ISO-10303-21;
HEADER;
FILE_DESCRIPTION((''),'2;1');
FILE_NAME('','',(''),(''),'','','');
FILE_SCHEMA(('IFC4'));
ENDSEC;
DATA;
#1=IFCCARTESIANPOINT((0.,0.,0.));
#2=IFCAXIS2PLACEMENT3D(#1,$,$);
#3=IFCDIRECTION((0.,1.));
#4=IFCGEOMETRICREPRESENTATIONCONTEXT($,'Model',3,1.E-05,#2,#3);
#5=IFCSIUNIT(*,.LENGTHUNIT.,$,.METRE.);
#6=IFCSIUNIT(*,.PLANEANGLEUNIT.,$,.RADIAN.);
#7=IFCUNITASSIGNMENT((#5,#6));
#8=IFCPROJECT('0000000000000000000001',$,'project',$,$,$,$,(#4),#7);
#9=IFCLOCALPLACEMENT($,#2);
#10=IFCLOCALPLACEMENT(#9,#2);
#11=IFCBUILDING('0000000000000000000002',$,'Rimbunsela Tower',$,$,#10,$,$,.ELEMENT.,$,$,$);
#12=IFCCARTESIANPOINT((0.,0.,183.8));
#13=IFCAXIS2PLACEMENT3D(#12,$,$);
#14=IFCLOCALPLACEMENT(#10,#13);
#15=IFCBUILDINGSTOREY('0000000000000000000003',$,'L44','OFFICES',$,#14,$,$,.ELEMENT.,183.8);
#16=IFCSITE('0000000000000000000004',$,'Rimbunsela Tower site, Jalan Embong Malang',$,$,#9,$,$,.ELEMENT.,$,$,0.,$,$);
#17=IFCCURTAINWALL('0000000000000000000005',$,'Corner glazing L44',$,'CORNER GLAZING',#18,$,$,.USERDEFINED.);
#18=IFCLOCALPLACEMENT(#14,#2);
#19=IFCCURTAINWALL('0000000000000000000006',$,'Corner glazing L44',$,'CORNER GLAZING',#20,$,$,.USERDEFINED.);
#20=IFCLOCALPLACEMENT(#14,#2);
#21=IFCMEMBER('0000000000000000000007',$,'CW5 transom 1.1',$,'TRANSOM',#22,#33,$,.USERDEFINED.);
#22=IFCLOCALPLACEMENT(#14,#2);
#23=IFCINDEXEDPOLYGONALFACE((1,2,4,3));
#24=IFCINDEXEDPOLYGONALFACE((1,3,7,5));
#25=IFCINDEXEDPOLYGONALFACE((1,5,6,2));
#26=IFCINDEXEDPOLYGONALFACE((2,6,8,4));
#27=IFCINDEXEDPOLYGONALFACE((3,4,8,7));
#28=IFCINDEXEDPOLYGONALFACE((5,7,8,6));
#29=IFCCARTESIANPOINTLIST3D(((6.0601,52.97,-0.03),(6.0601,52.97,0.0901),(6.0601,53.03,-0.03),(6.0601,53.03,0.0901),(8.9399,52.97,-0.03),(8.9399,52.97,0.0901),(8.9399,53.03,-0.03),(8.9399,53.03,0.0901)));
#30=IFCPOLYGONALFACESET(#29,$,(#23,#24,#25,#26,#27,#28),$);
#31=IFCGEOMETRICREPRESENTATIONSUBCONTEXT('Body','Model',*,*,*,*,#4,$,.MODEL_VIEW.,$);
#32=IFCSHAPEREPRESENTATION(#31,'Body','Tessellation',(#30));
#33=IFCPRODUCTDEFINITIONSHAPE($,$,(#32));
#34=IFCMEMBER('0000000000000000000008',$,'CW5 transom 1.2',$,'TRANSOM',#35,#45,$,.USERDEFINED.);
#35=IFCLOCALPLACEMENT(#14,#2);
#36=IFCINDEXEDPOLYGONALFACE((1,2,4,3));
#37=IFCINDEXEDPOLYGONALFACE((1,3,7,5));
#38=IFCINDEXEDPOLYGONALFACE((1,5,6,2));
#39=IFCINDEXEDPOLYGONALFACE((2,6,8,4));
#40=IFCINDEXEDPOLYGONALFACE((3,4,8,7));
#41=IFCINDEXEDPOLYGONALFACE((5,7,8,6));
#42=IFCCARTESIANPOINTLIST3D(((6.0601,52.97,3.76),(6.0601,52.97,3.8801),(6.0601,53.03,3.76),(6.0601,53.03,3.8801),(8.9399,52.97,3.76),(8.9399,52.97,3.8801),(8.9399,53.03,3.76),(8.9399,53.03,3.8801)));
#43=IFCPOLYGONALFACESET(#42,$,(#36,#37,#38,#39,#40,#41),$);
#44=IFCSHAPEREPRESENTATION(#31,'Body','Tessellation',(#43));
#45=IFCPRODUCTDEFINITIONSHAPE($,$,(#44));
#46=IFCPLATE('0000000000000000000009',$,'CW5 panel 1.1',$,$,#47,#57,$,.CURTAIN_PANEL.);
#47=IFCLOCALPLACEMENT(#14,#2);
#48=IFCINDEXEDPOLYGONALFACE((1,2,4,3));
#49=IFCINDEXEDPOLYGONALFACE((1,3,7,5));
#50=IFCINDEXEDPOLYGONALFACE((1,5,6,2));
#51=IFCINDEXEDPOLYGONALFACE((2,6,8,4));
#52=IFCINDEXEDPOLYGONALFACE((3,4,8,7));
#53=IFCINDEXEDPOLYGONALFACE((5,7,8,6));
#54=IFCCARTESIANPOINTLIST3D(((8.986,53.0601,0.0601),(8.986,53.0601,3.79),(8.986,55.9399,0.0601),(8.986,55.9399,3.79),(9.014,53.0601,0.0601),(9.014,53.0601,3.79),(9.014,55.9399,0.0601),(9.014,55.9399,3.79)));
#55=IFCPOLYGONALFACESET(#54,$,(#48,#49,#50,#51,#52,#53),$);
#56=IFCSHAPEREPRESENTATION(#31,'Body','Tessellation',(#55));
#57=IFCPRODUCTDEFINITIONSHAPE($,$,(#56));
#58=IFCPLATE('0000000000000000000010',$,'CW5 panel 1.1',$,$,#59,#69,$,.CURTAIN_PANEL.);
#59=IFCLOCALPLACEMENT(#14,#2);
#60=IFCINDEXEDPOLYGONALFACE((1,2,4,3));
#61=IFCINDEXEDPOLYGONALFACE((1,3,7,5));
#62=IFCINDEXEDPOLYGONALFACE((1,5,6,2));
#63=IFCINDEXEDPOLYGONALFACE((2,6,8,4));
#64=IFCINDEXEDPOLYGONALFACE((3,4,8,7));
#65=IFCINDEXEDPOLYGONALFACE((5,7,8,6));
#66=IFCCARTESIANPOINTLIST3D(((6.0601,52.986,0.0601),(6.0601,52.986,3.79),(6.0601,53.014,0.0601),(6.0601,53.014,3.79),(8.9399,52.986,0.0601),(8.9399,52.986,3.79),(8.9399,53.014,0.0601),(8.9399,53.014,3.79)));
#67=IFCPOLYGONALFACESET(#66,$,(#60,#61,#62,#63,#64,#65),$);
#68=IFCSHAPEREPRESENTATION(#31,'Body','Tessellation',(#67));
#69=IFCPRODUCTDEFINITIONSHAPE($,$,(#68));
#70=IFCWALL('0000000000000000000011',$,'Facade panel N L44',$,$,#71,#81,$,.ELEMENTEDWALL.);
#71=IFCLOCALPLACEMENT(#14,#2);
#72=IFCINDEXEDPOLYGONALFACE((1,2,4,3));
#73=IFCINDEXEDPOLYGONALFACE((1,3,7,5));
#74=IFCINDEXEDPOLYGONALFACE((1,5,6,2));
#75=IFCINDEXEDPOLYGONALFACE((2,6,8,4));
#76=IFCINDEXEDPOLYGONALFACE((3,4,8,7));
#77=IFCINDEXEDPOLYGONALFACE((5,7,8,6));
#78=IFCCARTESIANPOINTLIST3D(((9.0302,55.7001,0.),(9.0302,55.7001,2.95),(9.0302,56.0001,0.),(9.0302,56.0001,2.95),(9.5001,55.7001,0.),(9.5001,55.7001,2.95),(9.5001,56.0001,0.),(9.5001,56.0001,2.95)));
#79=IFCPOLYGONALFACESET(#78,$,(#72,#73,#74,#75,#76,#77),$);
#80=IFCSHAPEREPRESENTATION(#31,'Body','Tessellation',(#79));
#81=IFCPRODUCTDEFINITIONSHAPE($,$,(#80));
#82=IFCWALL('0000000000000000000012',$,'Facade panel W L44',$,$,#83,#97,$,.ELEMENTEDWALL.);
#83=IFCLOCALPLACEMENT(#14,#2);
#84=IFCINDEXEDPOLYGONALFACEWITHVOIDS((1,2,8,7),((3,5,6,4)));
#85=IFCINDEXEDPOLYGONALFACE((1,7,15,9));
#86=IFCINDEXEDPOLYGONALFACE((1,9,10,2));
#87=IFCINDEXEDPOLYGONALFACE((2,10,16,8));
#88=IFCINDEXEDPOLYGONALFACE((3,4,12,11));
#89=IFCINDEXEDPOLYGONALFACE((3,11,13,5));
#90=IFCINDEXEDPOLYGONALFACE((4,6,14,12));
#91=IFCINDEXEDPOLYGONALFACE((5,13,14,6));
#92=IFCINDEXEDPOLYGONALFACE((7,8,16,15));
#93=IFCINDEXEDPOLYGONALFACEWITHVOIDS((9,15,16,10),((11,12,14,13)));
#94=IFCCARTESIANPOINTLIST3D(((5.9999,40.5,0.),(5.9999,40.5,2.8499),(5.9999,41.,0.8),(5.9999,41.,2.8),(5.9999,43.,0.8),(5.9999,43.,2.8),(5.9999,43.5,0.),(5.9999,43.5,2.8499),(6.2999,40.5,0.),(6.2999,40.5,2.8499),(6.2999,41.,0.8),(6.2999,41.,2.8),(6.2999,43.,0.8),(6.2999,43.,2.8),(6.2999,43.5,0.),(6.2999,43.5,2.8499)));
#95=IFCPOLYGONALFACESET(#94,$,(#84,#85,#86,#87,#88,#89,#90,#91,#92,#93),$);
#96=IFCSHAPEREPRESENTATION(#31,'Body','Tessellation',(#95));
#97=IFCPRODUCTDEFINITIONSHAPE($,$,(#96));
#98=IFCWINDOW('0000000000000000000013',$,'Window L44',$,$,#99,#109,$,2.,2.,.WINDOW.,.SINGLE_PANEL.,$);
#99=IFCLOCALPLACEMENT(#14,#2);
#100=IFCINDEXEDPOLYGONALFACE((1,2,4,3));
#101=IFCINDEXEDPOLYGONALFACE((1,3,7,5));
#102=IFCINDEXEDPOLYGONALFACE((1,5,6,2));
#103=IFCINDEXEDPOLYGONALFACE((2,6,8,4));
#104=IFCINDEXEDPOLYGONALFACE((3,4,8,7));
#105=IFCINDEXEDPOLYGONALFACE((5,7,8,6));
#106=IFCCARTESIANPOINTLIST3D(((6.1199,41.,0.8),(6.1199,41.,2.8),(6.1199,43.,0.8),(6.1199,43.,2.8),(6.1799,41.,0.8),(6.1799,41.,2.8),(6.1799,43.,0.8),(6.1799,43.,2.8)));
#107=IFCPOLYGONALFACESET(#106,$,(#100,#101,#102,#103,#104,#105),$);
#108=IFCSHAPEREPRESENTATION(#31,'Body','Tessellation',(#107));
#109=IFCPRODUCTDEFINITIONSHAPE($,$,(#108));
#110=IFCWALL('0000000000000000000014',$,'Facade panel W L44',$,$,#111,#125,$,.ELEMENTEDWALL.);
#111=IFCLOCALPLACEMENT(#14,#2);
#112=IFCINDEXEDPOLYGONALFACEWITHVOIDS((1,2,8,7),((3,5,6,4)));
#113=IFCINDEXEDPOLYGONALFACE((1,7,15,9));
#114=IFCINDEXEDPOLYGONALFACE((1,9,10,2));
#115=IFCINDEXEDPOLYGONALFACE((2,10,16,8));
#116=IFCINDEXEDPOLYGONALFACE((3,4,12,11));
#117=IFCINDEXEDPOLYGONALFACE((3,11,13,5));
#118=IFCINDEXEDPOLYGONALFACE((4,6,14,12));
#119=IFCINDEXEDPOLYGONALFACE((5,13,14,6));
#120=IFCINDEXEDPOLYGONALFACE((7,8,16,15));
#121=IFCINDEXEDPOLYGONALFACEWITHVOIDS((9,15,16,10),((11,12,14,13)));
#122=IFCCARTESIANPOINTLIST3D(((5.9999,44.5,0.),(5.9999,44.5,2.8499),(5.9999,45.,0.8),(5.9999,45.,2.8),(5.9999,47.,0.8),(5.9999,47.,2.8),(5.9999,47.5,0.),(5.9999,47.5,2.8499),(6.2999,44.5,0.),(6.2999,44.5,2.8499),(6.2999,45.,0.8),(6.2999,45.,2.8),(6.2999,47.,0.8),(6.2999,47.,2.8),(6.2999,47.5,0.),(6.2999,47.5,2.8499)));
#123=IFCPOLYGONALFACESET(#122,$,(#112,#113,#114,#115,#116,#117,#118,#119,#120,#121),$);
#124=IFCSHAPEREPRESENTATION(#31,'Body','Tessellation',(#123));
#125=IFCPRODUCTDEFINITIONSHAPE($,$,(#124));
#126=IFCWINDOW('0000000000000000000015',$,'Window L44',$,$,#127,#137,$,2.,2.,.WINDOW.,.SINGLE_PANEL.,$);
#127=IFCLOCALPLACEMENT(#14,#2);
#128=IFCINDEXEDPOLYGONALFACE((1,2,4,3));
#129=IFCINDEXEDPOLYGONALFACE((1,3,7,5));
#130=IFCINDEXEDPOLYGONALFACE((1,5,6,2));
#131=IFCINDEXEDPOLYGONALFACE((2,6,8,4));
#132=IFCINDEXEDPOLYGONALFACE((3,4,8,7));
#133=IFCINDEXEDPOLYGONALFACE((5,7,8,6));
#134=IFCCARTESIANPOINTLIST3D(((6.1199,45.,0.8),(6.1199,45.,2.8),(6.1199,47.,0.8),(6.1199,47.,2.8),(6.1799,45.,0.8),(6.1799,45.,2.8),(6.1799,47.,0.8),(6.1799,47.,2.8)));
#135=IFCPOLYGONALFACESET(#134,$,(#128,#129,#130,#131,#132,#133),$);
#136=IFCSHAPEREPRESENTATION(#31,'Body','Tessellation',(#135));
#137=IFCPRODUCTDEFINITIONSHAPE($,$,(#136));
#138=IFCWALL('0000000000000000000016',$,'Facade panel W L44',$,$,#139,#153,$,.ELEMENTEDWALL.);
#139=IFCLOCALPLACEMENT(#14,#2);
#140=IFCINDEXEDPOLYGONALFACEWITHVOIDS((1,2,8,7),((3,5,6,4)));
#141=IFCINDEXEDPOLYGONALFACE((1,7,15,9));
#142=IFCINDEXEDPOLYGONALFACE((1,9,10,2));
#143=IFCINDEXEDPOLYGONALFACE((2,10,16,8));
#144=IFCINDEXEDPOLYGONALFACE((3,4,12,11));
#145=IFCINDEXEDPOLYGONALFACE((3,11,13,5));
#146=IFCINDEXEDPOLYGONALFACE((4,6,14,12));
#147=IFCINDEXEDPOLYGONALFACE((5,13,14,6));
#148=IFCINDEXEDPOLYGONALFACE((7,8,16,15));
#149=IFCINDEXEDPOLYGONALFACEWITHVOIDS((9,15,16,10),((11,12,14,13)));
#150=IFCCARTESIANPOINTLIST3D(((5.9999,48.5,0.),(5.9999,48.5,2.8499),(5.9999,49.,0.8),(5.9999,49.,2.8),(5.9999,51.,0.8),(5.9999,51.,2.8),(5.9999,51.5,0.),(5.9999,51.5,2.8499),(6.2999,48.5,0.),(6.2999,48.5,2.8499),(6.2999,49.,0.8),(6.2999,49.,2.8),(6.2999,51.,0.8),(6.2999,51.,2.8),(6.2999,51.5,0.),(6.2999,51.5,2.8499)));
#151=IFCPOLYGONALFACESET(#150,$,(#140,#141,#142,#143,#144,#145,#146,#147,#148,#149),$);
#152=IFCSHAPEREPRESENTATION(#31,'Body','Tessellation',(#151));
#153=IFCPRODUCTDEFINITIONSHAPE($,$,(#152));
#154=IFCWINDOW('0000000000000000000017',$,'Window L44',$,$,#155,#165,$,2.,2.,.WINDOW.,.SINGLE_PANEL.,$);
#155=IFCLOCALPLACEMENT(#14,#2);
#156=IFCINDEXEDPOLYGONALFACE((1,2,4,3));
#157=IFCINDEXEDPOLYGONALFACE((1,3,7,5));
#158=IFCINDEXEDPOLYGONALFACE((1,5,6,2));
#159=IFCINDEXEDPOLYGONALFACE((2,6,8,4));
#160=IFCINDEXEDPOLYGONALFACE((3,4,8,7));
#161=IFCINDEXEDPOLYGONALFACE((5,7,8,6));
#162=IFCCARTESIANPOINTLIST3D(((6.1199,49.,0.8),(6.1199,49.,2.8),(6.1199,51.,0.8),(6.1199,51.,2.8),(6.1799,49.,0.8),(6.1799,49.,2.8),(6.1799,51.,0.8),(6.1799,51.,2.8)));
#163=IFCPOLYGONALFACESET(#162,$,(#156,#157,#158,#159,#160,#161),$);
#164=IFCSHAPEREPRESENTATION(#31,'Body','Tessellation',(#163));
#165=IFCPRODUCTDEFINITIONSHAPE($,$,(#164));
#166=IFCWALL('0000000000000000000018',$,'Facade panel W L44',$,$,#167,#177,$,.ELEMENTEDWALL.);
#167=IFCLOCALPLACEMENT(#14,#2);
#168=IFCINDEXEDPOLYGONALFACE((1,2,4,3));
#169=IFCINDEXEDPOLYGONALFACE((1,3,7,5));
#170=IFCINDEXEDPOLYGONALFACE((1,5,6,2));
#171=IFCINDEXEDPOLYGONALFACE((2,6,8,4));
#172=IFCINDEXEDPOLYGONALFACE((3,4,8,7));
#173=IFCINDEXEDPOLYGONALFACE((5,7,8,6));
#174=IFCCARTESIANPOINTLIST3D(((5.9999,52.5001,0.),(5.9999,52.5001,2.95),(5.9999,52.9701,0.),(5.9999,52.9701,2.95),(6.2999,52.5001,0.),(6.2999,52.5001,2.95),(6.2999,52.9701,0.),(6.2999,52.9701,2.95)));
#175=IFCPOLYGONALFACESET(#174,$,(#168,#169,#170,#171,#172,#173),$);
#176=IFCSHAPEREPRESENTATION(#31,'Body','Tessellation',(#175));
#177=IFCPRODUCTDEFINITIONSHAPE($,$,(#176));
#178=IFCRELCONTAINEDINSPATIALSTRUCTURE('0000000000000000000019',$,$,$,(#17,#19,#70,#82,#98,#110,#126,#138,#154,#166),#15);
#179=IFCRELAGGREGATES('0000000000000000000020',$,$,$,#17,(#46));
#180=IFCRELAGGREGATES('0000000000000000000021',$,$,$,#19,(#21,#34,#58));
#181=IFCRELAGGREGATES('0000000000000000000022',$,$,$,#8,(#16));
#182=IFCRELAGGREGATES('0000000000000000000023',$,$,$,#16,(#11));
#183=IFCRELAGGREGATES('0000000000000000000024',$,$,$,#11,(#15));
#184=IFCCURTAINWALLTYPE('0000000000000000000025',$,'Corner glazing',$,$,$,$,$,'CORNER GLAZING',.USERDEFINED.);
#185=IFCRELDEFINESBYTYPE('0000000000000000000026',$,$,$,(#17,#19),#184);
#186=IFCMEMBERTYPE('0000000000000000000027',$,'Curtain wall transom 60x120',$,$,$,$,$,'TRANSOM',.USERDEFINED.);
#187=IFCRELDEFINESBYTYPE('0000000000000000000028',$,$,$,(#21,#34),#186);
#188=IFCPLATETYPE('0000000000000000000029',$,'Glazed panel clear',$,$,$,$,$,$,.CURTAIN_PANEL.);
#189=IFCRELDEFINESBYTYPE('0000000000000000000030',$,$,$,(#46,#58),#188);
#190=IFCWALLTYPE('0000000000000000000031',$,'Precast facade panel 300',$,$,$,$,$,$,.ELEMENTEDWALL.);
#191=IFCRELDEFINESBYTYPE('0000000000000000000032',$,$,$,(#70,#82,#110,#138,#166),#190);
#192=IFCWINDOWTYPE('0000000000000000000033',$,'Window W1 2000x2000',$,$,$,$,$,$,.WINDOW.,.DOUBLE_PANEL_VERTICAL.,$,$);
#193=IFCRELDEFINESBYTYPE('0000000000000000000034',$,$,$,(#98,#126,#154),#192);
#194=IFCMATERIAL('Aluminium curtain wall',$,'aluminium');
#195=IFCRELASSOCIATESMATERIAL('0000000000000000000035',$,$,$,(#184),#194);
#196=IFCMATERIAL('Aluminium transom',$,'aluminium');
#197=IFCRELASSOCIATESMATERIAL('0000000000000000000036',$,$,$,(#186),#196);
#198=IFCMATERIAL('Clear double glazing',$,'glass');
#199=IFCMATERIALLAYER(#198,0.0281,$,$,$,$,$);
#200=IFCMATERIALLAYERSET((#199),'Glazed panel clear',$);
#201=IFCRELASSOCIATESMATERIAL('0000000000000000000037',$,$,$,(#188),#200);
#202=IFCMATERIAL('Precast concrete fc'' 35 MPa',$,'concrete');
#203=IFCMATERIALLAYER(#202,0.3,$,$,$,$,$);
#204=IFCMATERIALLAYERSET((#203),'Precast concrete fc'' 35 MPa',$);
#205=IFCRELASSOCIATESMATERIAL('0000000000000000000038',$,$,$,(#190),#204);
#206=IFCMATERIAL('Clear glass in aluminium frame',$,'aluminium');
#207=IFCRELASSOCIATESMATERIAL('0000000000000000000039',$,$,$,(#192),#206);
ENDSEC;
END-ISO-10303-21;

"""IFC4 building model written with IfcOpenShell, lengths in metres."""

from ifc_helpers import new_model, si_unit, direction, frame, frame_2d, origin, origin_2d, place, context, subcontext, project, spatial, rectangle, extrude, material, layer, layer_set, material_profile, profile_set, type_object, element, fill, aggregate, save


model = new_model("IFC4")

# Units and contexts
model_context = context("Model", 3, precision=1e-05, world=origin(), true_north=direction((0.0, 1.0)))
body_context = subcontext(model_context, "Body", "Model", "MODEL_VIEW")
ifc_project = project(units=[si_unit("LENGTHUNIT", "METRE"), si_unit("PLANEANGLEUNIT", "RADIAN")], contexts=[model_context])

# Site, building, storey
site_placement = place(None, origin())
site = spatial("IfcSite", under=ifc_project, at=site_placement, Name="Rimbunsela Tower site, Jalan Embong Malang", CompositionType="ELEMENT", RefElevation=0.0)
building_placement = place(site_placement, origin())
building = spatial("IfcBuilding", under=site, at=building_placement, Name="Rimbunsela Tower", CompositionType="ELEMENT")
storey_placement = place(building_placement, frame((0.0, 0.0, 183.8)))
storey = spatial("IfcBuildingStorey", under=building, at=storey_placement, Name="L44", Description="OFFICES", CompositionType="ELEMENT", Elevation=183.8)

# Curtain walls
ifc_material_1 = material(Name="Aluminium curtain wall", Category="aluminium")
curtain_wall_type = type_object("IfcCurtainWallType", Name="Corner glazing", ElementType="CORNER GLAZING", PredefinedType="USERDEFINED", material=ifc_material_1)
curtain_wall_1_placement = place(storey_placement, origin())
curtain_wall_1 = element("IfcCurtainWall", 1, at=curtain_wall_1_placement, inside=storey, type_object=curtain_wall_type, Name="Corner glazing L44", ObjectType="CORNER GLAZING", PredefinedType="USERDEFINED")
curtain_wall_2_placement = place(storey_placement, origin())
curtain_wall_2 = element("IfcCurtainWall", 2, at=curtain_wall_2_placement, inside=storey, type_object=curtain_wall_type, Name="Corner glazing L44", ObjectType="CORNER GLAZING", PredefinedType="USERDEFINED")

# Members
ifc_material_2 = material(Name="Aluminium transom", Category="aluminium")
ifc_material_profile_1 = material_profile(ifc_material_2, rectangle(XDim=0.0601, YDim=0.1201, at=origin_2d()), Name="Transom 60x120")
ifc_profile_set_1 = profile_set([ifc_material_profile_1], Name="Aluminium transom")
member_type_1 = type_object("IfcMemberType", Name="Curtain wall transom 60x120", ElementType="TRANSOM", PredefinedType="USERDEFINED", material=ifc_profile_set_1)
member_1_placement = place(storey_placement, frame((8.9399, 53.0, 0.03), z_axis=(-1.0, 0.0, 0.0), x_axis=(0.0, -1.0, 0.0)))
member_1 = element("IfcMember", 3, at=member_1_placement, type_object=member_type_1, Name="CW5 transom 1.1", ObjectType="TRANSOM", PredefinedType="USERDEFINED", context=body_context, shape_type="SweptSolid", body=[
    extrude(rectangle(XDim=0.0601, YDim=0.1201, at=origin_2d()), origin(), (0.0, 0.0, 1.0), 2.8799),
])
member_2_placement = place(storey_placement, frame((8.9399, 53.0, 3.8201), z_axis=(-1.0, 0.0, 0.0), x_axis=(0.0, -1.0, 0.0)))
member_2 = element("IfcMember", 4, at=member_2_placement, type_object=member_type_1, Name="CW5 transom 1.2", ObjectType="TRANSOM", PredefinedType="USERDEFINED", context=body_context, shape_type="SweptSolid", body=[
    extrude(rectangle(XDim=0.0601, YDim=0.1201, at=origin_2d()), origin(), (0.0, 0.0, 1.0), 2.8799),
])

# Plates
ifc_material_3 = material(Name="Clear double glazing", Category="glass")
ifc_layer_1 = layer(ifc_material_3, 0.0281)
ifc_layer_set_1 = layer_set([ifc_layer_1], Name="Glazed panel clear")
plate_type = type_object("IfcPlateType", Name="Glazed panel clear", PredefinedType="CURTAIN_PANEL", material=ifc_layer_set_1)
plate_1_placement = place(storey_placement, frame((9.0, 54.5, 0.0601), z_axis=(0.0, 0.0, 1.0), x_axis=(0.0, -1.0, 0.0)))
plate_1 = element("IfcPlate", 5, at=plate_1_placement, type_object=plate_type, Name="CW5 panel 1.1", PredefinedType="CURTAIN_PANEL", context=body_context, shape_type="SweptSolid", body=[
    extrude(rectangle(XDim=2.8799, YDim=0.0281, at=origin_2d()), origin(), (0.0, 0.0, 1.0), 3.73),
])
aggregate(curtain_wall_1, [plate_1])
plate_2_placement = place(storey_placement, frame((7.5, 53.0, 0.0601), z_axis=(0.0, 0.0, 1.0), x_axis=(-1.0, 0.0, 0.0)))
plate_2 = element("IfcPlate", 6, at=plate_2_placement, type_object=plate_type, Name="CW5 panel 1.1", PredefinedType="CURTAIN_PANEL", context=body_context, shape_type="SweptSolid", body=[
    extrude(rectangle(XDim=2.8799, YDim=0.0281, at=origin_2d()), origin(), (0.0, 0.0, 1.0), 3.73),
])
aggregate(curtain_wall_2, [member_1, member_2, plate_2])

# Wall
ifc_material_4 = material(Name="Precast concrete fc' 35 MPa", Category="concrete")
ifc_layer_2 = layer(ifc_material_4, 0.3)
ifc_layer_set_2 = layer_set([ifc_layer_2], Name="Precast concrete fc' 35 MPa")
wall_type = type_object("IfcWallType", Name="Precast facade panel 300", PredefinedType="ELEMENTEDWALL", material=ifc_layer_set_2)
wall_1_placement = place(storey_placement, frame((9.5, 55.8501, 0.0), z_axis=(0.0, 0.0, 1.0), x_axis=(-1.0, 0.0, 0.0)))
element("IfcWall", 7, at=wall_1_placement, inside=storey, type_object=wall_type, Name="Facade panel N L44", PredefinedType="ELEMENTEDWALL", context=body_context, shape_type="SweptSolid", body=[
    extrude(rectangle(XDim=0.47, YDim=0.3, at=frame_2d((0.2349, 0.0))), origin(), (0.0, 0.0, 1.0), 2.95),
])

# Walls, openings, windows
wall_2_placement = place(storey_placement, frame((6.1499, 43.5, 0.0), z_axis=(0.0, 0.0, 1.0), x_axis=(0.0, -1.0, 0.0)))
wall_2 = element("IfcWall", 8, at=wall_2_placement, inside=storey, type_object=wall_type, Name="Facade panel W L44", PredefinedType="ELEMENTEDWALL", context=body_context, shape_type="SweptSolid", body=[
    extrude(rectangle(XDim=3.0, YDim=0.3, at=frame_2d((1.5, 0.0))), origin(), (0.0, 0.0, 1.0), 2.8499),
])
opening_1_placement = place(wall_2_placement, frame((0.5, 0.0, 0.8)))
opening_1 = element("IfcOpeningElement", 9, at=opening_1_placement, cuts=wall_2, PredefinedType="OPENING", context=body_context, shape_type="SweptSolid", body=[
    extrude(rectangle(XDim=2.0, YDim=2.0, at=frame_2d((1.0, 1.0))), frame((0.0, 0.1599, 0.0), z_axis=(0.0, -1.0, 0.0), x_axis=(1.0, 0.0, 0.0)), (0.0, 0.0, 1.0), 0.3201),
])
ifc_material_5 = material(Name="Clear glass in aluminium frame", Category="aluminium")
window_type = type_object("IfcWindowType", Name="Window W1 2000x2000", PartitioningType="DOUBLE_PANEL_VERTICAL", PredefinedType="WINDOW", material=ifc_material_5)
window_1_placement = place(opening_1_placement, origin())
window_1 = element("IfcWindow", 10, at=window_1_placement, inside=storey, type_object=window_type, Name="Window L44", OverallHeight=2.0, OverallWidth=2.0, PartitioningType="SINGLE_PANEL", PredefinedType="WINDOW", context=body_context, shape_type="SweptSolid", body=[
    extrude(rectangle(XDim=2.0, YDim=2.0, at=frame_2d((1.0, 1.0))), frame((0.0, 0.03, 0.0), z_axis=(0.0, -1.0, 0.0), x_axis=(1.0, 0.0, 0.0)), (0.0, 0.0, 1.0), 0.0601),
])
fill(opening_1, window_1)
wall_3_placement = place(storey_placement, frame((6.1499, 47.5, 0.0), z_axis=(0.0, 0.0, 1.0), x_axis=(0.0, -1.0, 0.0)))
wall_3 = element("IfcWall", 11, at=wall_3_placement, inside=storey, type_object=wall_type, Name="Facade panel W L44", PredefinedType="ELEMENTEDWALL", context=body_context, shape_type="SweptSolid", body=[
    extrude(rectangle(XDim=3.0, YDim=0.3, at=frame_2d((1.5, 0.0))), origin(), (0.0, 0.0, 1.0), 2.8499),
])
opening_2_placement = place(wall_3_placement, frame((0.5, 0.0, 0.8)))
opening_2 = element("IfcOpeningElement", 12, at=opening_2_placement, cuts=wall_3, PredefinedType="OPENING", context=body_context, shape_type="SweptSolid", body=[
    extrude(rectangle(XDim=2.0, YDim=2.0, at=frame_2d((1.0, 1.0))), frame((0.0, 0.1599, 0.0), z_axis=(0.0, -1.0, 0.0), x_axis=(1.0, 0.0, 0.0)), (0.0, 0.0, 1.0), 0.3201),
])
window_2_placement = place(opening_2_placement, origin())
window_2 = element("IfcWindow", 13, at=window_2_placement, inside=storey, type_object=window_type, Name="Window L44", OverallHeight=2.0, OverallWidth=2.0, PartitioningType="SINGLE_PANEL", PredefinedType="WINDOW", context=body_context, shape_type="SweptSolid", body=[
    extrude(rectangle(XDim=2.0, YDim=2.0, at=frame_2d((1.0, 1.0))), frame((0.0, 0.03, 0.0), z_axis=(0.0, -1.0, 0.0), x_axis=(1.0, 0.0, 0.0)), (0.0, 0.0, 1.0), 0.0601),
])
fill(opening_2, window_2)
wall_4_placement = place(storey_placement, frame((6.1499, 51.5, 0.0), z_axis=(0.0, 0.0, 1.0), x_axis=(0.0, -1.0, 0.0)))
wall_4 = element("IfcWall", 14, at=wall_4_placement, inside=storey, type_object=wall_type, Name="Facade panel W L44", PredefinedType="ELEMENTEDWALL", context=body_context, shape_type="SweptSolid", body=[
    extrude(rectangle(XDim=3.0, YDim=0.3, at=frame_2d((1.5, 0.0))), origin(), (0.0, 0.0, 1.0), 2.8499),
])
opening_3_placement = place(wall_4_placement, frame((0.5, 0.0, 0.8)))
opening_3 = element("IfcOpeningElement", 15, at=opening_3_placement, cuts=wall_4, PredefinedType="OPENING", context=body_context, shape_type="SweptSolid", body=[
    extrude(rectangle(XDim=2.0, YDim=2.0, at=frame_2d((1.0, 1.0))), frame((0.0, 0.1599, 0.0), z_axis=(0.0, -1.0, 0.0), x_axis=(1.0, 0.0, 0.0)), (0.0, 0.0, 1.0), 0.3201),
])
window_3_placement = place(opening_3_placement, origin())
window_3 = element("IfcWindow", 16, at=window_3_placement, inside=storey, type_object=window_type, Name="Window L44", OverallHeight=2.0, OverallWidth=2.0, PartitioningType="SINGLE_PANEL", PredefinedType="WINDOW", context=body_context, shape_type="SweptSolid", body=[
    extrude(rectangle(XDim=2.0, YDim=2.0, at=frame_2d((1.0, 1.0))), frame((0.0, 0.03, 0.0), z_axis=(0.0, -1.0, 0.0), x_axis=(1.0, 0.0, 0.0)), (0.0, 0.0, 1.0), 0.0601),
])
fill(opening_3, window_3)

# Wall
wall_5_placement = place(storey_placement, frame((6.1499, 52.97, 0.0), z_axis=(0.0, 0.0, 1.0), x_axis=(0.0, -1.0, 0.0)))
element("IfcWall", 17, at=wall_5_placement, inside=storey, type_object=wall_type, Name="Facade panel W L44", PredefinedType="ELEMENTEDWALL", context=body_context, shape_type="SweptSolid", body=[
    extrude(rectangle(XDim=0.47, YDim=0.3, at=frame_2d((0.2349, 0.0))), origin(), (0.0, 0.0, 1.0), 2.95),
])

save(model, "model.ifc")
